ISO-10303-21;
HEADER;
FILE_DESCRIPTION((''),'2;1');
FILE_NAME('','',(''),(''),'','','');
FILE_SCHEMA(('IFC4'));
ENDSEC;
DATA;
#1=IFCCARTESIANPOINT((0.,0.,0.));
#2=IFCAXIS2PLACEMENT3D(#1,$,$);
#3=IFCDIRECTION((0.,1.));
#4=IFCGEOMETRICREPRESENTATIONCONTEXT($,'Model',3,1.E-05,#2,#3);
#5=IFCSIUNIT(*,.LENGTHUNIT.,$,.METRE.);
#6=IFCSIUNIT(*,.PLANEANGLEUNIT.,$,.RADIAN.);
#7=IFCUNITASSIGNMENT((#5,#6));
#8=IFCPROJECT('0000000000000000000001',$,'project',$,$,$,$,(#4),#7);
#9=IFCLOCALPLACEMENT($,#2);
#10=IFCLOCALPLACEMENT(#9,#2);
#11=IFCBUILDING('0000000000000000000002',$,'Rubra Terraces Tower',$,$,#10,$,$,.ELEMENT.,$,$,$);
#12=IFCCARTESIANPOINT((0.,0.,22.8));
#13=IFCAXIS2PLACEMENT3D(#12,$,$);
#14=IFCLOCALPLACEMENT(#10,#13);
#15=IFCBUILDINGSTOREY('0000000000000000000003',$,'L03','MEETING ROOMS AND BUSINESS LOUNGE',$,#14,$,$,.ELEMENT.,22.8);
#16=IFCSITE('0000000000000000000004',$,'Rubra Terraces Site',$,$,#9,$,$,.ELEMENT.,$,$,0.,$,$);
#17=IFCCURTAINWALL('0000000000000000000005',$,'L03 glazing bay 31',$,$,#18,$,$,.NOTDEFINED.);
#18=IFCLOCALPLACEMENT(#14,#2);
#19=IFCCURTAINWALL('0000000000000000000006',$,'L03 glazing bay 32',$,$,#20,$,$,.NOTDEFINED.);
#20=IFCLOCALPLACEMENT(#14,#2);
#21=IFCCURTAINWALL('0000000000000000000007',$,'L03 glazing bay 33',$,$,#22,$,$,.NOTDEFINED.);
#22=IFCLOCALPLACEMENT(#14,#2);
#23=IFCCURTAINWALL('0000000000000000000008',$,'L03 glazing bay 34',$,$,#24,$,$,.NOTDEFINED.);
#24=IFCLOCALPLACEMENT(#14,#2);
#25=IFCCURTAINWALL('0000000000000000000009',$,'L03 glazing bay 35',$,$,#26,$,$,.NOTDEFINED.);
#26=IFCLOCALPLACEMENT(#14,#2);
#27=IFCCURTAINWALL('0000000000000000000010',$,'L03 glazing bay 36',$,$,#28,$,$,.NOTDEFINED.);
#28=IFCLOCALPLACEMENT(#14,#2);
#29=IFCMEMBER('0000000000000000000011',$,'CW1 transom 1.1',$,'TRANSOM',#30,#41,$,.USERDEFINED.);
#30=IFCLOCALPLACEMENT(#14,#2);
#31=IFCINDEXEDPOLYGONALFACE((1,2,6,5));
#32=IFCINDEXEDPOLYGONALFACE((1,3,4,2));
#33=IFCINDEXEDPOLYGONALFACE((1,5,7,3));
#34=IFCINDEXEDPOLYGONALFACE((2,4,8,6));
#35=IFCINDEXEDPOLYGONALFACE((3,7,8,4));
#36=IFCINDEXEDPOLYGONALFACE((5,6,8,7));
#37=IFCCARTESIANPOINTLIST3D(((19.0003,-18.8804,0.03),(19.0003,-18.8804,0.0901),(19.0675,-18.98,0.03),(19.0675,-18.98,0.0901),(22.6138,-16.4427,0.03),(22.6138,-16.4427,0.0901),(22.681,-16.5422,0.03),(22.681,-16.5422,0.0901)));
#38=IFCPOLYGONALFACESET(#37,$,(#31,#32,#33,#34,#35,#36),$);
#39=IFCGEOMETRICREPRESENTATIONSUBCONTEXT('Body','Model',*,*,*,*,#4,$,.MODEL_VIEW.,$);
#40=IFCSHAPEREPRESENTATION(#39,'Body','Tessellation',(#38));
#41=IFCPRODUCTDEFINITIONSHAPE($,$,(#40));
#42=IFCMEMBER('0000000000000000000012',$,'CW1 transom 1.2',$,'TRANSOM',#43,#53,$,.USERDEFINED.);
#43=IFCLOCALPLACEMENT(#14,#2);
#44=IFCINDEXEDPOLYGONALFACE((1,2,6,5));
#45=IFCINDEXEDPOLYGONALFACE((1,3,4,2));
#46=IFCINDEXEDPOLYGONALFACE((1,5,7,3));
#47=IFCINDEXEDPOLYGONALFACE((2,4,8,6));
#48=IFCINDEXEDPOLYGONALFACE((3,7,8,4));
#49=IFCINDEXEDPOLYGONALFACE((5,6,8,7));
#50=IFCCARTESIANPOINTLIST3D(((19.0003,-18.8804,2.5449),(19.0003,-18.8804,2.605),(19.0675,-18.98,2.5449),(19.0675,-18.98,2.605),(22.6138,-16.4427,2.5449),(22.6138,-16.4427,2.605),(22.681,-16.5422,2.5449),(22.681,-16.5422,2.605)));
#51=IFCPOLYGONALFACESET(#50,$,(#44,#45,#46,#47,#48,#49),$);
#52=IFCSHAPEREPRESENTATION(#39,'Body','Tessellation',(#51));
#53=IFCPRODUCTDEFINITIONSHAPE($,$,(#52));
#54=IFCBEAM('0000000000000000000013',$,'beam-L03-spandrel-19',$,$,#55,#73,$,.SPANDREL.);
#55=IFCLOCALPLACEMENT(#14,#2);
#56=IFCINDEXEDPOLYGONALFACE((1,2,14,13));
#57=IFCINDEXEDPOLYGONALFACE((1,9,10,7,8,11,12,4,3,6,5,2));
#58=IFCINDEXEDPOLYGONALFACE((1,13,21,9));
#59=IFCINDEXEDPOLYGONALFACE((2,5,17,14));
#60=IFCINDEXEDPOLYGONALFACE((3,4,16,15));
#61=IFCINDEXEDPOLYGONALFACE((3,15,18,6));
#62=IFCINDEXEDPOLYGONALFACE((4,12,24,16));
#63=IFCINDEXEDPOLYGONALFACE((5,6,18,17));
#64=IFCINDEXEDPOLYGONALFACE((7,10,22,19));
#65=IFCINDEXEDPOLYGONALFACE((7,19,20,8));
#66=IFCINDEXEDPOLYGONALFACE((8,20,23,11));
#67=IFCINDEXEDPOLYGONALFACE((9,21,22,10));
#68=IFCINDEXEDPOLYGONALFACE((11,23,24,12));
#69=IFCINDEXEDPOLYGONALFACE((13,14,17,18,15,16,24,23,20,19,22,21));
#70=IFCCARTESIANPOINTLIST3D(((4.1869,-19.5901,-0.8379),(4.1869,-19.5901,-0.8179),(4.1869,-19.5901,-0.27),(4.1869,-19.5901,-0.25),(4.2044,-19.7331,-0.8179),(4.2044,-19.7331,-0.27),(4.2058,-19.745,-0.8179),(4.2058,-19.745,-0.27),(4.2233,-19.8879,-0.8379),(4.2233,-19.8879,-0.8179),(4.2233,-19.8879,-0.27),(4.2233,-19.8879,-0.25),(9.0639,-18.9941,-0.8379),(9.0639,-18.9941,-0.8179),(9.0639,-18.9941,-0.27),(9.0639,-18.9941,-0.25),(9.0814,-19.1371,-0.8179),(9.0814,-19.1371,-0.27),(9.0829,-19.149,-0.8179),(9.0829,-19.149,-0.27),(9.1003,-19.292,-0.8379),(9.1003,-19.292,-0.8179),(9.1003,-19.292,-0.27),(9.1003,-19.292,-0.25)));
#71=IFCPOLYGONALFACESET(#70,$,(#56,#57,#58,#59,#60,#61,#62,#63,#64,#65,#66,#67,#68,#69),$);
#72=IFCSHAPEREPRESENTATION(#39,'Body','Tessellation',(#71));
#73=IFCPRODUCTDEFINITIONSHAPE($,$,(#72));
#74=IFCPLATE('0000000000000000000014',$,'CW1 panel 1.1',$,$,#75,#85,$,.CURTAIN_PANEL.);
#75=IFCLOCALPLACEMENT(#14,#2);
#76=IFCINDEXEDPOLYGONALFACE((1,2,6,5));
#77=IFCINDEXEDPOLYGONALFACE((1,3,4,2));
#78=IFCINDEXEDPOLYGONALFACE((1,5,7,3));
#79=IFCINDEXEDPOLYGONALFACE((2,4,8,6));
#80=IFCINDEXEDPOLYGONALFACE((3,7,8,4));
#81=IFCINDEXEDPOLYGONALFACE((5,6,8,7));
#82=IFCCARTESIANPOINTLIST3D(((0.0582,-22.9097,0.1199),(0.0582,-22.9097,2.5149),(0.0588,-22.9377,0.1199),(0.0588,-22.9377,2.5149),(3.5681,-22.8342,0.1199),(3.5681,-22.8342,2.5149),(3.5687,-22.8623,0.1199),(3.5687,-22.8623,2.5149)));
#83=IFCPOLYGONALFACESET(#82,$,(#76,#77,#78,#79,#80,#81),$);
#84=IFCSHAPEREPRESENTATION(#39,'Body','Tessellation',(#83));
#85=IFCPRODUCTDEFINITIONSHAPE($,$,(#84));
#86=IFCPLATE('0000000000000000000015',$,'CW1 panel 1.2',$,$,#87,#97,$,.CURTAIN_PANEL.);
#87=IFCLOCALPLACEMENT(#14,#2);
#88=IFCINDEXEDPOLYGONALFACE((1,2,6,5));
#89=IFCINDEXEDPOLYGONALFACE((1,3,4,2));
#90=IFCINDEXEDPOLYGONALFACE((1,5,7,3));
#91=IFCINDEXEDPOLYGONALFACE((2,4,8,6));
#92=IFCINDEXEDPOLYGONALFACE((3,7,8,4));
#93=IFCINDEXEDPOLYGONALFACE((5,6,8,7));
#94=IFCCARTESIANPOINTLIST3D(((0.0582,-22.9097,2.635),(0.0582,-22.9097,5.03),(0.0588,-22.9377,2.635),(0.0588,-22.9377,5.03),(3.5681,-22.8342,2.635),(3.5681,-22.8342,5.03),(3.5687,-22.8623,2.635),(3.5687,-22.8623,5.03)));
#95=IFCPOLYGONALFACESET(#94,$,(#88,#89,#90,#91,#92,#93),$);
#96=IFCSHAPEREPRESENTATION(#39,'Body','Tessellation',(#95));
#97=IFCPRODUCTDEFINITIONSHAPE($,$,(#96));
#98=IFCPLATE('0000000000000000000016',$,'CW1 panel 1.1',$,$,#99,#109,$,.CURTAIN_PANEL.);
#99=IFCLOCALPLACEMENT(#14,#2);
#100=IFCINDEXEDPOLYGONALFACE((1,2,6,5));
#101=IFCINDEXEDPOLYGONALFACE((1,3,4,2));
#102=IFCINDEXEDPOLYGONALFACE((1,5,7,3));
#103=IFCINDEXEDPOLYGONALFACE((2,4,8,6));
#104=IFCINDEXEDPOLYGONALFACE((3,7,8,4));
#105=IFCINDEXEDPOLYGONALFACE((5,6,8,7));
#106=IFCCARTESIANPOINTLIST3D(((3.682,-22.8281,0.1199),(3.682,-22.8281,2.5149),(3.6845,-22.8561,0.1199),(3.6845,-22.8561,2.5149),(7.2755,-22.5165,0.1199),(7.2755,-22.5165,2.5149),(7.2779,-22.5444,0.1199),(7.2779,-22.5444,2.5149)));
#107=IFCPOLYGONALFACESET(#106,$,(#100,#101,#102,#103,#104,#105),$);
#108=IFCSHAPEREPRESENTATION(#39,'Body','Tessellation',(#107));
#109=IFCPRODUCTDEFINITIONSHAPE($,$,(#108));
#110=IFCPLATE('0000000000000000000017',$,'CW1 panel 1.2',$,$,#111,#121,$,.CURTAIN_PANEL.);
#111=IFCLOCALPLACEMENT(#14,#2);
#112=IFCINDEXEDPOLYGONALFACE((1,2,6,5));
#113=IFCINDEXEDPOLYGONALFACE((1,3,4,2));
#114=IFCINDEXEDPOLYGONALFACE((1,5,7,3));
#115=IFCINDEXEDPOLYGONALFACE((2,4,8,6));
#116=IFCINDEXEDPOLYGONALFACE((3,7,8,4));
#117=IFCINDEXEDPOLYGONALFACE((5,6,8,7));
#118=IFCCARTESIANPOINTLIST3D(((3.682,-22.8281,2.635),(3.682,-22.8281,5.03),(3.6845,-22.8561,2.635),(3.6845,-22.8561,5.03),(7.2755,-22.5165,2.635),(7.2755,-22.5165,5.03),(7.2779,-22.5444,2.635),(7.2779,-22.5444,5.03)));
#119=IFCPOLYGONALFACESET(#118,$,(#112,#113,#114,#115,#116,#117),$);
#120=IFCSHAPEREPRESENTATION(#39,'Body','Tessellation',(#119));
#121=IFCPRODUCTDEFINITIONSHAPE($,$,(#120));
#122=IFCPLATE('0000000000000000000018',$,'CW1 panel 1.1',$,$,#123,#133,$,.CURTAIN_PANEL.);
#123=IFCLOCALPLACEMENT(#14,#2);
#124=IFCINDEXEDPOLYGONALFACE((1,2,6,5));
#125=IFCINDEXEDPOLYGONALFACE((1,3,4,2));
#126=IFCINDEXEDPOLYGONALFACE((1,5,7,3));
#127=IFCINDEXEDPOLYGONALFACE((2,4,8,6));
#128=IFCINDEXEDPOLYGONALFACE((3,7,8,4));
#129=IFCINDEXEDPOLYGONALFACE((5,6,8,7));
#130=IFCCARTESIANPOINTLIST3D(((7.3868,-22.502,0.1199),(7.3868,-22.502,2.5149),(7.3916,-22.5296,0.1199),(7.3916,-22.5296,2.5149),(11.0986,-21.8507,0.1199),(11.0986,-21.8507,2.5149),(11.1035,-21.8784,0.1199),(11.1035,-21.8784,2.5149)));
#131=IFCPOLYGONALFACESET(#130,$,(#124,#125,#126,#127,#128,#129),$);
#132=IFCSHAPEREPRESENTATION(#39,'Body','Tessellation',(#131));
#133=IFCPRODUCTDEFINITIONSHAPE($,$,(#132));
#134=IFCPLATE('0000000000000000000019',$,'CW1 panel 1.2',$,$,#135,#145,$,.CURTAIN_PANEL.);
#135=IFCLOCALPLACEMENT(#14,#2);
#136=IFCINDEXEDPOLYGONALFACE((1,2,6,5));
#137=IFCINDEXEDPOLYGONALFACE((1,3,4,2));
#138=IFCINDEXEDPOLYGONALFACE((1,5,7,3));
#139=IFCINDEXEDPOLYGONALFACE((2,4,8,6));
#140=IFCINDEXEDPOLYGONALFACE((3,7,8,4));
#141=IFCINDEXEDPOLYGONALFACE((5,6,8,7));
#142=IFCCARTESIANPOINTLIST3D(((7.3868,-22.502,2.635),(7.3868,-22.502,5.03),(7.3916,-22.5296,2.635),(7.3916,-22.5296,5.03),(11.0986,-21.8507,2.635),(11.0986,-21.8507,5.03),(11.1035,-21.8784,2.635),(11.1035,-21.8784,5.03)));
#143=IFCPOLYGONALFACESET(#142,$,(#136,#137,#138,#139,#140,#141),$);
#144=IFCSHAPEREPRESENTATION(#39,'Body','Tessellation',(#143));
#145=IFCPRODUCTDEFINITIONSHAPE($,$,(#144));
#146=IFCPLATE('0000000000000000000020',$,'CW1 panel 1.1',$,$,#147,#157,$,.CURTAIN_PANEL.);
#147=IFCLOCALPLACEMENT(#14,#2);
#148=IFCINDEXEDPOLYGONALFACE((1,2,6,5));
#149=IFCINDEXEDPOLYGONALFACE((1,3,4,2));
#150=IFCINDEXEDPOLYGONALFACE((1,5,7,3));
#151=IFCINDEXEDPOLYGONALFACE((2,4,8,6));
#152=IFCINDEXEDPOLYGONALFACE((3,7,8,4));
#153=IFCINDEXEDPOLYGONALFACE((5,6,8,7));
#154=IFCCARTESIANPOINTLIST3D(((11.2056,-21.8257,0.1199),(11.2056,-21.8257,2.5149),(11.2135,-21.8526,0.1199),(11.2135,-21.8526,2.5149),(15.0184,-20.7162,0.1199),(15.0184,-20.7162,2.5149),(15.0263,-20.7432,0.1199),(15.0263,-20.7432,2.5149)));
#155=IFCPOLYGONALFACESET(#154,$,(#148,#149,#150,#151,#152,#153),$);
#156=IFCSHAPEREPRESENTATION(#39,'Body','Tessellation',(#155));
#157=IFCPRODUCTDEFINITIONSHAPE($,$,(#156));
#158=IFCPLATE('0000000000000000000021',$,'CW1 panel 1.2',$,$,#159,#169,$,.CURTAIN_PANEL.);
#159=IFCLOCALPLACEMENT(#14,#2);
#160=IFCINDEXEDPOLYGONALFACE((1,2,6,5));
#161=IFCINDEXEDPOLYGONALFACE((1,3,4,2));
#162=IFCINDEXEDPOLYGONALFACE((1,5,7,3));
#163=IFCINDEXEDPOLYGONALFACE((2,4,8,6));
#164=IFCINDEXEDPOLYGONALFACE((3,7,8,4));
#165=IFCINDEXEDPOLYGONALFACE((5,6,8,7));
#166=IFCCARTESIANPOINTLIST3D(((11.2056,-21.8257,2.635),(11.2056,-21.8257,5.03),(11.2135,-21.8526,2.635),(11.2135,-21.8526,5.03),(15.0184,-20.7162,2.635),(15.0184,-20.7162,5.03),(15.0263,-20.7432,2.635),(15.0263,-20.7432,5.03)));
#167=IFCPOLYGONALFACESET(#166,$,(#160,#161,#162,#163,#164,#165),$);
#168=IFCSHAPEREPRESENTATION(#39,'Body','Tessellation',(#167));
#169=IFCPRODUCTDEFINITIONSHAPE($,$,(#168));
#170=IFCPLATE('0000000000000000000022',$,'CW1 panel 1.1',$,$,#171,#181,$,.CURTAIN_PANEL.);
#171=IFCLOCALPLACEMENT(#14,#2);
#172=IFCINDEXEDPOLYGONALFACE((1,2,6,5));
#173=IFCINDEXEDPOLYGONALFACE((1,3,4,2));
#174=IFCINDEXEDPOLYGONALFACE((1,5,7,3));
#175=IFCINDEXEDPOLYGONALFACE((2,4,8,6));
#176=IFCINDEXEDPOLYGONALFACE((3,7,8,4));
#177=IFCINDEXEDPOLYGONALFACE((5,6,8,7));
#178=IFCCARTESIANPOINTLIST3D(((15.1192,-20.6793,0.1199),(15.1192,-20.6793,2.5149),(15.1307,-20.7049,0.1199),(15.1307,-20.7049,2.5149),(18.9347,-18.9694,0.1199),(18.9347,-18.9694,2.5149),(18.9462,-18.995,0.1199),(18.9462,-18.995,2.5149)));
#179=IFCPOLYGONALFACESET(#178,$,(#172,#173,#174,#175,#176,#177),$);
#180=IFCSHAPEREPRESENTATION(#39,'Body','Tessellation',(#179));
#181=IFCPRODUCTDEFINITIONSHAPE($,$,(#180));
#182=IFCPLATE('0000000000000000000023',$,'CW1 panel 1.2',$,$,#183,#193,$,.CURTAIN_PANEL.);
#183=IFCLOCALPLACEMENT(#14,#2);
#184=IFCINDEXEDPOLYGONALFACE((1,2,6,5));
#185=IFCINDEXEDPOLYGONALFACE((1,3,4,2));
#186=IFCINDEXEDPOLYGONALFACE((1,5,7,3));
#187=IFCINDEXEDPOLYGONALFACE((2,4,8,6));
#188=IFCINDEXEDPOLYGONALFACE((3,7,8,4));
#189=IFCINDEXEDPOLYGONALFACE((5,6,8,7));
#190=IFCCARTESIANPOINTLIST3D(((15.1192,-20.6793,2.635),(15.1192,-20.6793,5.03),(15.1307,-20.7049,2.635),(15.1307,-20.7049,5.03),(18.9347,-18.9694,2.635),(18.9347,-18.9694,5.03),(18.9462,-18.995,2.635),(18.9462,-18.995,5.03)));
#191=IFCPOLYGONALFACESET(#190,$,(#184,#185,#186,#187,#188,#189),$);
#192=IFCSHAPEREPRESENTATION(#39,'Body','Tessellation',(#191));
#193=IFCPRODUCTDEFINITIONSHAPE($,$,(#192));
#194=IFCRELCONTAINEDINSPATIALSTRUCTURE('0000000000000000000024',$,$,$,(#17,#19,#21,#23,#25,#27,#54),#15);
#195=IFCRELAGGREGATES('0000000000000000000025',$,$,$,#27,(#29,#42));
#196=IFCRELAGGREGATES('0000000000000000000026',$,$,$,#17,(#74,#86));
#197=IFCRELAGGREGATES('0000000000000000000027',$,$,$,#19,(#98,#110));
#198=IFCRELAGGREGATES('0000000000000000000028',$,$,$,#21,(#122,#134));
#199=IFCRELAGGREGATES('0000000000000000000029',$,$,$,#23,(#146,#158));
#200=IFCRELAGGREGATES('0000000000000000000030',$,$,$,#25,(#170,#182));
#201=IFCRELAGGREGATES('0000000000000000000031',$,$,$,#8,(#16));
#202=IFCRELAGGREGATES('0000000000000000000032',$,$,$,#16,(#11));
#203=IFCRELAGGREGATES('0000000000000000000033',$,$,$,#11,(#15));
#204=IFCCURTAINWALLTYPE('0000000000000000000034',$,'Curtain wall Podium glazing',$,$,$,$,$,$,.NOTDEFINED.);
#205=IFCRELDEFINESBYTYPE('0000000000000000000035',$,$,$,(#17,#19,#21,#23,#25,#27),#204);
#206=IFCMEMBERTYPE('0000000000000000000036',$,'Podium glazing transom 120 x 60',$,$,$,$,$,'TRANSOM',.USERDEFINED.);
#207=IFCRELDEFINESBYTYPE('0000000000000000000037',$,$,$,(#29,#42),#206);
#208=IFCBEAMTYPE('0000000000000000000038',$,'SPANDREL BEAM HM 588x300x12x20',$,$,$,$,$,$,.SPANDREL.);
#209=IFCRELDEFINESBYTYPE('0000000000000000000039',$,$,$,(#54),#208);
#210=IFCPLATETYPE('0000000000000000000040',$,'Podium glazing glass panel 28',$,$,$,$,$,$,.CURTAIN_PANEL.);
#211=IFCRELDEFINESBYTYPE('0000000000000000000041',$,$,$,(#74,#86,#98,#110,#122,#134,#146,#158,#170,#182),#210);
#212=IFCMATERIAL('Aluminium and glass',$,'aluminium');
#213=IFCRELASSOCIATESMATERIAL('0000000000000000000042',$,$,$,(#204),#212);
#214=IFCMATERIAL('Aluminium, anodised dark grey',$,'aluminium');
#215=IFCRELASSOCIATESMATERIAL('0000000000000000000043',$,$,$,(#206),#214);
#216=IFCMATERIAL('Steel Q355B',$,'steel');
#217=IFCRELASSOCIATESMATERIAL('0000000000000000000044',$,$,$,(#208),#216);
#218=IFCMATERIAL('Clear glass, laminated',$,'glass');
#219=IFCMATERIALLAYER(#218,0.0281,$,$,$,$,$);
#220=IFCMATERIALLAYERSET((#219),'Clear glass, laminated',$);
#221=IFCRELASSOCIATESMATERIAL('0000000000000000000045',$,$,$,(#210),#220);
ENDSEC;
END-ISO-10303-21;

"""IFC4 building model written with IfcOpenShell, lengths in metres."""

from ifc_helpers import new_model, si_unit, direction, frame, origin, origin_2d, place, context, subcontext, project, spatial, rectangle, i_section, extrude, material, layer, layer_set, material_profile, profile_set, type_object, element, aggregate, save


model = new_model("IFC4")

# Units and contexts
model_context = context("Model", 3, precision=1e-05, world=origin(), true_north=direction((0.0, 1.0)))
body_context = subcontext(model_context, "Body", "Model", "MODEL_VIEW")
ifc_project = project(units=[si_unit("LENGTHUNIT", "METRE"), si_unit("PLANEANGLEUNIT", "RADIAN")], contexts=[model_context])

# Site, building, storey
site_placement = place(None, origin())
site = spatial("IfcSite", under=ifc_project, at=site_placement, Name="Rubra Terraces Site", CompositionType="ELEMENT", RefElevation=0.0)
building_placement = place(site_placement, origin())
building = spatial("IfcBuilding", under=site, at=building_placement, Name="Rubra Terraces Tower", CompositionType="ELEMENT")
storey_placement = place(building_placement, frame((0.0, 0.0, 22.8)))
storey = spatial("IfcBuildingStorey", under=building, at=storey_placement, Name="L03", Description="MEETING ROOMS AND BUSINESS LOUNGE", CompositionType="ELEMENT", Elevation=22.8)

# Shared definitions
ifc_material_1 = material(Name="Steel Q355B", Category="steel")

# Curtain walls
ifc_material_2 = material(Name="Aluminium and glass", Category="aluminium")
curtain_wall_type = type_object("IfcCurtainWallType", Name="Curtain wall Podium glazing", PredefinedType="NOTDEFINED", material=ifc_material_2)
curtain_wall_1_placement = place(storey_placement, origin())
curtain_wall_1 = element("IfcCurtainWall", 1, at=curtain_wall_1_placement, inside=storey, type_object=curtain_wall_type, Name="L03 glazing bay 31", PredefinedType="NOTDEFINED")
ifc_material_3 = material(Name="Aluminium, anodised dark grey", Category="aluminium")
curtain_wall_2_placement = place(storey_placement, origin())
curtain_wall_2 = element("IfcCurtainWall", 2, at=curtain_wall_2_placement, inside=storey, type_object=curtain_wall_type, Name="L03 glazing bay 32", PredefinedType="NOTDEFINED")
curtain_wall_3_placement = place(storey_placement, origin())
curtain_wall_3 = element("IfcCurtainWall", 3, at=curtain_wall_3_placement, inside=storey, type_object=curtain_wall_type, Name="L03 glazing bay 33", PredefinedType="NOTDEFINED")
curtain_wall_4_placement = place(storey_placement, origin())
curtain_wall_4 = element("IfcCurtainWall", 4, at=curtain_wall_4_placement, inside=storey, type_object=curtain_wall_type, Name="L03 glazing bay 34", PredefinedType="NOTDEFINED")
curtain_wall_5_placement = place(storey_placement, origin())
curtain_wall_5 = element("IfcCurtainWall", 5, at=curtain_wall_5_placement, inside=storey, type_object=curtain_wall_type, Name="L03 glazing bay 35", PredefinedType="NOTDEFINED")
curtain_wall_6_placement = place(storey_placement, origin())
curtain_wall_6 = element("IfcCurtainWall", 6, at=curtain_wall_6_placement, inside=storey, type_object=curtain_wall_type, Name="L03 glazing bay 36", PredefinedType="NOTDEFINED")

# Members
ifc_material_profile_1 = material_profile(ifc_material_3, rectangle(XDim=0.1201, YDim=0.0601, at=origin_2d()), Name="AL 120x60")
ifc_profile_set_1 = profile_set([ifc_material_profile_1], Name="Aluminium, anodised dark grey")
member_type_1 = type_object("IfcMemberType", Name="Podium glazing transom 120 x 60", ElementType="TRANSOM", PredefinedType="USERDEFINED", material=ifc_profile_set_1)
member_1_placement = place(storey_placement, frame((19.0339, -18.9302, 0.0601), z_axis=(0.828996, 0.559254, 0.0), x_axis=(-0.559254, 0.828996, 0.0)))
member_1 = element("IfcMember", 7, at=member_1_placement, type_object=member_type_1, Name="CW1 transom 1.1", ObjectType="TRANSOM", PredefinedType="USERDEFINED", context=body_context, shape_type="SweptSolid", body=[
    extrude(rectangle(XDim=0.1201, YDim=0.0601, at=origin_2d()), origin(), (0.0, 0.0, 1.0), 4.3589),
])
member_2_placement = place(storey_placement, frame((19.0339, -18.9302, 2.575), z_axis=(0.828996, 0.559254, 0.0), x_axis=(-0.559254, 0.828996, 0.0)))
member_2 = element("IfcMember", 8, at=member_2_placement, type_object=member_type_1, Name="CW1 transom 1.2", ObjectType="TRANSOM", PredefinedType="USERDEFINED", context=body_context, shape_type="SweptSolid", body=[
    extrude(rectangle(XDim=0.1201, YDim=0.0601, at=origin_2d()), origin(), (0.0, 0.0, 1.0), 4.3589),
])
aggregate(curtain_wall_6, [member_1, member_2])

# Beam
ifc_material_profile_2 = material_profile(ifc_material_1, i_section(OverallWidth=0.3, OverallDepth=0.5879, WebThickness=0.012, FlangeThickness=0.02, at=origin_2d()), Name="HM 588x300x12x20")
ifc_profile_set_2 = profile_set([ifc_material_profile_2], Name="Steel Q355B")
beam_type_1 = type_object("IfcBeamType", Name="SPANDREL BEAM HM 588x300x12x20", PredefinedType="SPANDREL", material=ifc_profile_set_2)
beam_1_placement = place(storey_placement, frame((4.2051, -19.739, -0.5439), z_axis=(0.992617, 0.121294, 0.0), x_axis=(-0.121294, 0.992617, 0.0)))
element("IfcBeam", 9, at=beam_1_placement, inside=storey, type_object=beam_type_1, Name="beam-L03-spandrel-19", PredefinedType="SPANDREL", context=body_context, shape_type="SweptSolid", body=[
    extrude(i_section(OverallWidth=0.3, OverallDepth=0.5879, WebThickness=0.012, FlangeThickness=0.02, at=origin_2d()), origin(), (0.0, 0.0, 1.0), 4.9133),
])

# Plates
ifc_material_4 = material(Name="Clear glass, laminated", Category="glass")
ifc_layer = layer(ifc_material_4, 0.0281)
ifc_layer_set = layer_set([ifc_layer], Name="Clear glass, laminated")
plate_type = type_object("IfcPlateType", Name="Podium glazing glass panel 28", PredefinedType="CURTAIN_PANEL", material=ifc_layer_set)
plate_1_placement = place(storey_placement, frame((1.8135, -22.886, 0.1199), z_axis=(0.0, 0.0, 1.0), x_axis=(0.999769, 0.021483, 0.0)))
plate_1 = element("IfcPlate", 10, at=plate_1_placement, type_object=plate_type, Name="CW1 panel 1.1", PredefinedType="CURTAIN_PANEL", context=body_context, shape_type="SweptSolid", body=[
    extrude(rectangle(XDim=3.5107, YDim=0.0281, at=origin_2d()), origin(), (0.0, 0.0, 1.0), 2.395),
])
plate_2_placement = place(storey_placement, frame((1.8135, -22.886, 2.635), z_axis=(0.0, 0.0, 1.0), x_axis=(0.999769, 0.021483, 0.0)))
plate_2 = element("IfcPlate", 11, at=plate_2_placement, type_object=plate_type, Name="CW1 panel 1.2", PredefinedType="CURTAIN_PANEL", context=body_context, shape_type="SweptSolid", body=[
    extrude(rectangle(XDim=3.5107, YDim=0.0281, at=origin_2d()), origin(), (0.0, 0.0, 1.0), 2.395),
])
aggregate(curtain_wall_1, [plate_1, plate_2])
plate_3_placement = place(storey_placement, frame((5.48, -22.6863, 0.1199), z_axis=(0.0, 0.0, 1.0), x_axis=(0.996261, 0.086398, 0.0)))
plate_3 = element("IfcPlate", 12, at=plate_3_placement, type_object=plate_type, Name="CW1 panel 1.1", PredefinedType="CURTAIN_PANEL", context=body_context, shape_type="SweptSolid", body=[
    extrude(rectangle(XDim=3.6069, YDim=0.0281, at=origin_2d()), origin(), (0.0, 0.0, 1.0), 2.395),
])
plate_4_placement = place(storey_placement, frame((5.48, -22.6863, 2.635), z_axis=(0.0, 0.0, 1.0), x_axis=(0.996261, 0.086398, 0.0)))
plate_4 = element("IfcPlate", 13, at=plate_4_placement, type_object=plate_type, Name="CW1 panel 1.2", PredefinedType="CURTAIN_PANEL", context=body_context, shape_type="SweptSolid", body=[
    extrude(rectangle(XDim=3.6069, YDim=0.0281, at=origin_2d()), origin(), (0.0, 0.0, 1.0), 2.395),
])
aggregate(curtain_wall_2, [plate_3, plate_4])
plate_5_placement = place(storey_placement, frame((9.2451, -22.1902, 0.1199), z_axis=(0.0, 0.0, 1.0), x_axis=(0.984954, 0.172817, 0.0)))
plate_5 = element("IfcPlate", 14, at=plate_5_placement, type_object=plate_type, Name="CW1 panel 1.1", PredefinedType="CURTAIN_PANEL", context=body_context, shape_type="SweptSolid", body=[
    extrude(rectangle(XDim=3.7686, YDim=0.0281, at=origin_2d()), origin(), (0.0, 0.0, 1.0), 2.395),
])
plate_6_placement = place(storey_placement, frame((9.2451, -22.1902, 2.635), z_axis=(0.0, 0.0, 1.0), x_axis=(0.984954, 0.172817, 0.0)))
plate_6 = element("IfcPlate", 15, at=plate_6_placement, type_object=plate_type, Name="CW1 panel 1.2", PredefinedType="CURTAIN_PANEL", context=body_context, shape_type="SweptSolid", body=[
    extrude(rectangle(XDim=3.7686, YDim=0.0281, at=origin_2d()), origin(), (0.0, 0.0, 1.0), 2.395),
])
aggregate(curtain_wall_3, [plate_5, plate_6])
plate_7_placement = place(storey_placement, frame((13.116, -21.2844, 0.1199), z_axis=(0.0, 0.0, 1.0), x_axis=(0.960175, 0.279399, 0.0)))
plate_7 = element("IfcPlate", 16, at=plate_7_placement, type_object=plate_type, Name="CW1 panel 1.1", PredefinedType="CURTAIN_PANEL", context=body_context, shape_type="SweptSolid", body=[
    extrude(rectangle(XDim=3.9709, YDim=0.0281, at=origin_2d()), origin(), (0.0, 0.0, 1.0), 2.395),
])
plate_8_placement = place(storey_placement, frame((13.116, -21.2844, 2.635), z_axis=(0.0, 0.0, 1.0), x_axis=(0.960175, 0.279399, 0.0)))
plate_8 = element("IfcPlate", 17, at=plate_8_placement, type_object=plate_type, Name="CW1 panel 1.2", PredefinedType="CURTAIN_PANEL", context=body_context, shape_type="SweptSolid", body=[
    extrude(rectangle(XDim=3.9709, YDim=0.0281, at=origin_2d()), origin(), (0.0, 0.0, 1.0), 2.395),
])
aggregate(curtain_wall_4, [plate_7, plate_8])
plate_9_placement = place(storey_placement, frame((17.0327, -19.8372, 0.1199), z_axis=(0.0, 0.0, 1.0), x_axis=(0.912551, 0.408962, 0.0)))
plate_9 = element("IfcPlate", 18, at=plate_9_placement, type_object=plate_type, Name="CW1 panel 1.1", PredefinedType="CURTAIN_PANEL", context=body_context, shape_type="SweptSolid", body=[
    extrude(rectangle(XDim=4.1812, YDim=0.0281, at=origin_2d()), origin(), (0.0, 0.0, 1.0), 2.395),
])
plate_10_placement = place(storey_placement, frame((17.0327, -19.8372, 2.635), z_axis=(0.0, 0.0, 1.0), x_axis=(0.912551, 0.408962, 0.0)))
plate_10 = element("IfcPlate", 19, at=plate_10_placement, type_object=plate_type, Name="CW1 panel 1.2", PredefinedType="CURTAIN_PANEL", context=body_context, shape_type="SweptSolid", body=[
    extrude(rectangle(XDim=4.1812, YDim=0.0281, at=origin_2d()), origin(), (0.0, 0.0, 1.0), 2.395),
])
aggregate(curtain_wall_5, [plate_9, plate_10])

save(model, "model.ifc")
